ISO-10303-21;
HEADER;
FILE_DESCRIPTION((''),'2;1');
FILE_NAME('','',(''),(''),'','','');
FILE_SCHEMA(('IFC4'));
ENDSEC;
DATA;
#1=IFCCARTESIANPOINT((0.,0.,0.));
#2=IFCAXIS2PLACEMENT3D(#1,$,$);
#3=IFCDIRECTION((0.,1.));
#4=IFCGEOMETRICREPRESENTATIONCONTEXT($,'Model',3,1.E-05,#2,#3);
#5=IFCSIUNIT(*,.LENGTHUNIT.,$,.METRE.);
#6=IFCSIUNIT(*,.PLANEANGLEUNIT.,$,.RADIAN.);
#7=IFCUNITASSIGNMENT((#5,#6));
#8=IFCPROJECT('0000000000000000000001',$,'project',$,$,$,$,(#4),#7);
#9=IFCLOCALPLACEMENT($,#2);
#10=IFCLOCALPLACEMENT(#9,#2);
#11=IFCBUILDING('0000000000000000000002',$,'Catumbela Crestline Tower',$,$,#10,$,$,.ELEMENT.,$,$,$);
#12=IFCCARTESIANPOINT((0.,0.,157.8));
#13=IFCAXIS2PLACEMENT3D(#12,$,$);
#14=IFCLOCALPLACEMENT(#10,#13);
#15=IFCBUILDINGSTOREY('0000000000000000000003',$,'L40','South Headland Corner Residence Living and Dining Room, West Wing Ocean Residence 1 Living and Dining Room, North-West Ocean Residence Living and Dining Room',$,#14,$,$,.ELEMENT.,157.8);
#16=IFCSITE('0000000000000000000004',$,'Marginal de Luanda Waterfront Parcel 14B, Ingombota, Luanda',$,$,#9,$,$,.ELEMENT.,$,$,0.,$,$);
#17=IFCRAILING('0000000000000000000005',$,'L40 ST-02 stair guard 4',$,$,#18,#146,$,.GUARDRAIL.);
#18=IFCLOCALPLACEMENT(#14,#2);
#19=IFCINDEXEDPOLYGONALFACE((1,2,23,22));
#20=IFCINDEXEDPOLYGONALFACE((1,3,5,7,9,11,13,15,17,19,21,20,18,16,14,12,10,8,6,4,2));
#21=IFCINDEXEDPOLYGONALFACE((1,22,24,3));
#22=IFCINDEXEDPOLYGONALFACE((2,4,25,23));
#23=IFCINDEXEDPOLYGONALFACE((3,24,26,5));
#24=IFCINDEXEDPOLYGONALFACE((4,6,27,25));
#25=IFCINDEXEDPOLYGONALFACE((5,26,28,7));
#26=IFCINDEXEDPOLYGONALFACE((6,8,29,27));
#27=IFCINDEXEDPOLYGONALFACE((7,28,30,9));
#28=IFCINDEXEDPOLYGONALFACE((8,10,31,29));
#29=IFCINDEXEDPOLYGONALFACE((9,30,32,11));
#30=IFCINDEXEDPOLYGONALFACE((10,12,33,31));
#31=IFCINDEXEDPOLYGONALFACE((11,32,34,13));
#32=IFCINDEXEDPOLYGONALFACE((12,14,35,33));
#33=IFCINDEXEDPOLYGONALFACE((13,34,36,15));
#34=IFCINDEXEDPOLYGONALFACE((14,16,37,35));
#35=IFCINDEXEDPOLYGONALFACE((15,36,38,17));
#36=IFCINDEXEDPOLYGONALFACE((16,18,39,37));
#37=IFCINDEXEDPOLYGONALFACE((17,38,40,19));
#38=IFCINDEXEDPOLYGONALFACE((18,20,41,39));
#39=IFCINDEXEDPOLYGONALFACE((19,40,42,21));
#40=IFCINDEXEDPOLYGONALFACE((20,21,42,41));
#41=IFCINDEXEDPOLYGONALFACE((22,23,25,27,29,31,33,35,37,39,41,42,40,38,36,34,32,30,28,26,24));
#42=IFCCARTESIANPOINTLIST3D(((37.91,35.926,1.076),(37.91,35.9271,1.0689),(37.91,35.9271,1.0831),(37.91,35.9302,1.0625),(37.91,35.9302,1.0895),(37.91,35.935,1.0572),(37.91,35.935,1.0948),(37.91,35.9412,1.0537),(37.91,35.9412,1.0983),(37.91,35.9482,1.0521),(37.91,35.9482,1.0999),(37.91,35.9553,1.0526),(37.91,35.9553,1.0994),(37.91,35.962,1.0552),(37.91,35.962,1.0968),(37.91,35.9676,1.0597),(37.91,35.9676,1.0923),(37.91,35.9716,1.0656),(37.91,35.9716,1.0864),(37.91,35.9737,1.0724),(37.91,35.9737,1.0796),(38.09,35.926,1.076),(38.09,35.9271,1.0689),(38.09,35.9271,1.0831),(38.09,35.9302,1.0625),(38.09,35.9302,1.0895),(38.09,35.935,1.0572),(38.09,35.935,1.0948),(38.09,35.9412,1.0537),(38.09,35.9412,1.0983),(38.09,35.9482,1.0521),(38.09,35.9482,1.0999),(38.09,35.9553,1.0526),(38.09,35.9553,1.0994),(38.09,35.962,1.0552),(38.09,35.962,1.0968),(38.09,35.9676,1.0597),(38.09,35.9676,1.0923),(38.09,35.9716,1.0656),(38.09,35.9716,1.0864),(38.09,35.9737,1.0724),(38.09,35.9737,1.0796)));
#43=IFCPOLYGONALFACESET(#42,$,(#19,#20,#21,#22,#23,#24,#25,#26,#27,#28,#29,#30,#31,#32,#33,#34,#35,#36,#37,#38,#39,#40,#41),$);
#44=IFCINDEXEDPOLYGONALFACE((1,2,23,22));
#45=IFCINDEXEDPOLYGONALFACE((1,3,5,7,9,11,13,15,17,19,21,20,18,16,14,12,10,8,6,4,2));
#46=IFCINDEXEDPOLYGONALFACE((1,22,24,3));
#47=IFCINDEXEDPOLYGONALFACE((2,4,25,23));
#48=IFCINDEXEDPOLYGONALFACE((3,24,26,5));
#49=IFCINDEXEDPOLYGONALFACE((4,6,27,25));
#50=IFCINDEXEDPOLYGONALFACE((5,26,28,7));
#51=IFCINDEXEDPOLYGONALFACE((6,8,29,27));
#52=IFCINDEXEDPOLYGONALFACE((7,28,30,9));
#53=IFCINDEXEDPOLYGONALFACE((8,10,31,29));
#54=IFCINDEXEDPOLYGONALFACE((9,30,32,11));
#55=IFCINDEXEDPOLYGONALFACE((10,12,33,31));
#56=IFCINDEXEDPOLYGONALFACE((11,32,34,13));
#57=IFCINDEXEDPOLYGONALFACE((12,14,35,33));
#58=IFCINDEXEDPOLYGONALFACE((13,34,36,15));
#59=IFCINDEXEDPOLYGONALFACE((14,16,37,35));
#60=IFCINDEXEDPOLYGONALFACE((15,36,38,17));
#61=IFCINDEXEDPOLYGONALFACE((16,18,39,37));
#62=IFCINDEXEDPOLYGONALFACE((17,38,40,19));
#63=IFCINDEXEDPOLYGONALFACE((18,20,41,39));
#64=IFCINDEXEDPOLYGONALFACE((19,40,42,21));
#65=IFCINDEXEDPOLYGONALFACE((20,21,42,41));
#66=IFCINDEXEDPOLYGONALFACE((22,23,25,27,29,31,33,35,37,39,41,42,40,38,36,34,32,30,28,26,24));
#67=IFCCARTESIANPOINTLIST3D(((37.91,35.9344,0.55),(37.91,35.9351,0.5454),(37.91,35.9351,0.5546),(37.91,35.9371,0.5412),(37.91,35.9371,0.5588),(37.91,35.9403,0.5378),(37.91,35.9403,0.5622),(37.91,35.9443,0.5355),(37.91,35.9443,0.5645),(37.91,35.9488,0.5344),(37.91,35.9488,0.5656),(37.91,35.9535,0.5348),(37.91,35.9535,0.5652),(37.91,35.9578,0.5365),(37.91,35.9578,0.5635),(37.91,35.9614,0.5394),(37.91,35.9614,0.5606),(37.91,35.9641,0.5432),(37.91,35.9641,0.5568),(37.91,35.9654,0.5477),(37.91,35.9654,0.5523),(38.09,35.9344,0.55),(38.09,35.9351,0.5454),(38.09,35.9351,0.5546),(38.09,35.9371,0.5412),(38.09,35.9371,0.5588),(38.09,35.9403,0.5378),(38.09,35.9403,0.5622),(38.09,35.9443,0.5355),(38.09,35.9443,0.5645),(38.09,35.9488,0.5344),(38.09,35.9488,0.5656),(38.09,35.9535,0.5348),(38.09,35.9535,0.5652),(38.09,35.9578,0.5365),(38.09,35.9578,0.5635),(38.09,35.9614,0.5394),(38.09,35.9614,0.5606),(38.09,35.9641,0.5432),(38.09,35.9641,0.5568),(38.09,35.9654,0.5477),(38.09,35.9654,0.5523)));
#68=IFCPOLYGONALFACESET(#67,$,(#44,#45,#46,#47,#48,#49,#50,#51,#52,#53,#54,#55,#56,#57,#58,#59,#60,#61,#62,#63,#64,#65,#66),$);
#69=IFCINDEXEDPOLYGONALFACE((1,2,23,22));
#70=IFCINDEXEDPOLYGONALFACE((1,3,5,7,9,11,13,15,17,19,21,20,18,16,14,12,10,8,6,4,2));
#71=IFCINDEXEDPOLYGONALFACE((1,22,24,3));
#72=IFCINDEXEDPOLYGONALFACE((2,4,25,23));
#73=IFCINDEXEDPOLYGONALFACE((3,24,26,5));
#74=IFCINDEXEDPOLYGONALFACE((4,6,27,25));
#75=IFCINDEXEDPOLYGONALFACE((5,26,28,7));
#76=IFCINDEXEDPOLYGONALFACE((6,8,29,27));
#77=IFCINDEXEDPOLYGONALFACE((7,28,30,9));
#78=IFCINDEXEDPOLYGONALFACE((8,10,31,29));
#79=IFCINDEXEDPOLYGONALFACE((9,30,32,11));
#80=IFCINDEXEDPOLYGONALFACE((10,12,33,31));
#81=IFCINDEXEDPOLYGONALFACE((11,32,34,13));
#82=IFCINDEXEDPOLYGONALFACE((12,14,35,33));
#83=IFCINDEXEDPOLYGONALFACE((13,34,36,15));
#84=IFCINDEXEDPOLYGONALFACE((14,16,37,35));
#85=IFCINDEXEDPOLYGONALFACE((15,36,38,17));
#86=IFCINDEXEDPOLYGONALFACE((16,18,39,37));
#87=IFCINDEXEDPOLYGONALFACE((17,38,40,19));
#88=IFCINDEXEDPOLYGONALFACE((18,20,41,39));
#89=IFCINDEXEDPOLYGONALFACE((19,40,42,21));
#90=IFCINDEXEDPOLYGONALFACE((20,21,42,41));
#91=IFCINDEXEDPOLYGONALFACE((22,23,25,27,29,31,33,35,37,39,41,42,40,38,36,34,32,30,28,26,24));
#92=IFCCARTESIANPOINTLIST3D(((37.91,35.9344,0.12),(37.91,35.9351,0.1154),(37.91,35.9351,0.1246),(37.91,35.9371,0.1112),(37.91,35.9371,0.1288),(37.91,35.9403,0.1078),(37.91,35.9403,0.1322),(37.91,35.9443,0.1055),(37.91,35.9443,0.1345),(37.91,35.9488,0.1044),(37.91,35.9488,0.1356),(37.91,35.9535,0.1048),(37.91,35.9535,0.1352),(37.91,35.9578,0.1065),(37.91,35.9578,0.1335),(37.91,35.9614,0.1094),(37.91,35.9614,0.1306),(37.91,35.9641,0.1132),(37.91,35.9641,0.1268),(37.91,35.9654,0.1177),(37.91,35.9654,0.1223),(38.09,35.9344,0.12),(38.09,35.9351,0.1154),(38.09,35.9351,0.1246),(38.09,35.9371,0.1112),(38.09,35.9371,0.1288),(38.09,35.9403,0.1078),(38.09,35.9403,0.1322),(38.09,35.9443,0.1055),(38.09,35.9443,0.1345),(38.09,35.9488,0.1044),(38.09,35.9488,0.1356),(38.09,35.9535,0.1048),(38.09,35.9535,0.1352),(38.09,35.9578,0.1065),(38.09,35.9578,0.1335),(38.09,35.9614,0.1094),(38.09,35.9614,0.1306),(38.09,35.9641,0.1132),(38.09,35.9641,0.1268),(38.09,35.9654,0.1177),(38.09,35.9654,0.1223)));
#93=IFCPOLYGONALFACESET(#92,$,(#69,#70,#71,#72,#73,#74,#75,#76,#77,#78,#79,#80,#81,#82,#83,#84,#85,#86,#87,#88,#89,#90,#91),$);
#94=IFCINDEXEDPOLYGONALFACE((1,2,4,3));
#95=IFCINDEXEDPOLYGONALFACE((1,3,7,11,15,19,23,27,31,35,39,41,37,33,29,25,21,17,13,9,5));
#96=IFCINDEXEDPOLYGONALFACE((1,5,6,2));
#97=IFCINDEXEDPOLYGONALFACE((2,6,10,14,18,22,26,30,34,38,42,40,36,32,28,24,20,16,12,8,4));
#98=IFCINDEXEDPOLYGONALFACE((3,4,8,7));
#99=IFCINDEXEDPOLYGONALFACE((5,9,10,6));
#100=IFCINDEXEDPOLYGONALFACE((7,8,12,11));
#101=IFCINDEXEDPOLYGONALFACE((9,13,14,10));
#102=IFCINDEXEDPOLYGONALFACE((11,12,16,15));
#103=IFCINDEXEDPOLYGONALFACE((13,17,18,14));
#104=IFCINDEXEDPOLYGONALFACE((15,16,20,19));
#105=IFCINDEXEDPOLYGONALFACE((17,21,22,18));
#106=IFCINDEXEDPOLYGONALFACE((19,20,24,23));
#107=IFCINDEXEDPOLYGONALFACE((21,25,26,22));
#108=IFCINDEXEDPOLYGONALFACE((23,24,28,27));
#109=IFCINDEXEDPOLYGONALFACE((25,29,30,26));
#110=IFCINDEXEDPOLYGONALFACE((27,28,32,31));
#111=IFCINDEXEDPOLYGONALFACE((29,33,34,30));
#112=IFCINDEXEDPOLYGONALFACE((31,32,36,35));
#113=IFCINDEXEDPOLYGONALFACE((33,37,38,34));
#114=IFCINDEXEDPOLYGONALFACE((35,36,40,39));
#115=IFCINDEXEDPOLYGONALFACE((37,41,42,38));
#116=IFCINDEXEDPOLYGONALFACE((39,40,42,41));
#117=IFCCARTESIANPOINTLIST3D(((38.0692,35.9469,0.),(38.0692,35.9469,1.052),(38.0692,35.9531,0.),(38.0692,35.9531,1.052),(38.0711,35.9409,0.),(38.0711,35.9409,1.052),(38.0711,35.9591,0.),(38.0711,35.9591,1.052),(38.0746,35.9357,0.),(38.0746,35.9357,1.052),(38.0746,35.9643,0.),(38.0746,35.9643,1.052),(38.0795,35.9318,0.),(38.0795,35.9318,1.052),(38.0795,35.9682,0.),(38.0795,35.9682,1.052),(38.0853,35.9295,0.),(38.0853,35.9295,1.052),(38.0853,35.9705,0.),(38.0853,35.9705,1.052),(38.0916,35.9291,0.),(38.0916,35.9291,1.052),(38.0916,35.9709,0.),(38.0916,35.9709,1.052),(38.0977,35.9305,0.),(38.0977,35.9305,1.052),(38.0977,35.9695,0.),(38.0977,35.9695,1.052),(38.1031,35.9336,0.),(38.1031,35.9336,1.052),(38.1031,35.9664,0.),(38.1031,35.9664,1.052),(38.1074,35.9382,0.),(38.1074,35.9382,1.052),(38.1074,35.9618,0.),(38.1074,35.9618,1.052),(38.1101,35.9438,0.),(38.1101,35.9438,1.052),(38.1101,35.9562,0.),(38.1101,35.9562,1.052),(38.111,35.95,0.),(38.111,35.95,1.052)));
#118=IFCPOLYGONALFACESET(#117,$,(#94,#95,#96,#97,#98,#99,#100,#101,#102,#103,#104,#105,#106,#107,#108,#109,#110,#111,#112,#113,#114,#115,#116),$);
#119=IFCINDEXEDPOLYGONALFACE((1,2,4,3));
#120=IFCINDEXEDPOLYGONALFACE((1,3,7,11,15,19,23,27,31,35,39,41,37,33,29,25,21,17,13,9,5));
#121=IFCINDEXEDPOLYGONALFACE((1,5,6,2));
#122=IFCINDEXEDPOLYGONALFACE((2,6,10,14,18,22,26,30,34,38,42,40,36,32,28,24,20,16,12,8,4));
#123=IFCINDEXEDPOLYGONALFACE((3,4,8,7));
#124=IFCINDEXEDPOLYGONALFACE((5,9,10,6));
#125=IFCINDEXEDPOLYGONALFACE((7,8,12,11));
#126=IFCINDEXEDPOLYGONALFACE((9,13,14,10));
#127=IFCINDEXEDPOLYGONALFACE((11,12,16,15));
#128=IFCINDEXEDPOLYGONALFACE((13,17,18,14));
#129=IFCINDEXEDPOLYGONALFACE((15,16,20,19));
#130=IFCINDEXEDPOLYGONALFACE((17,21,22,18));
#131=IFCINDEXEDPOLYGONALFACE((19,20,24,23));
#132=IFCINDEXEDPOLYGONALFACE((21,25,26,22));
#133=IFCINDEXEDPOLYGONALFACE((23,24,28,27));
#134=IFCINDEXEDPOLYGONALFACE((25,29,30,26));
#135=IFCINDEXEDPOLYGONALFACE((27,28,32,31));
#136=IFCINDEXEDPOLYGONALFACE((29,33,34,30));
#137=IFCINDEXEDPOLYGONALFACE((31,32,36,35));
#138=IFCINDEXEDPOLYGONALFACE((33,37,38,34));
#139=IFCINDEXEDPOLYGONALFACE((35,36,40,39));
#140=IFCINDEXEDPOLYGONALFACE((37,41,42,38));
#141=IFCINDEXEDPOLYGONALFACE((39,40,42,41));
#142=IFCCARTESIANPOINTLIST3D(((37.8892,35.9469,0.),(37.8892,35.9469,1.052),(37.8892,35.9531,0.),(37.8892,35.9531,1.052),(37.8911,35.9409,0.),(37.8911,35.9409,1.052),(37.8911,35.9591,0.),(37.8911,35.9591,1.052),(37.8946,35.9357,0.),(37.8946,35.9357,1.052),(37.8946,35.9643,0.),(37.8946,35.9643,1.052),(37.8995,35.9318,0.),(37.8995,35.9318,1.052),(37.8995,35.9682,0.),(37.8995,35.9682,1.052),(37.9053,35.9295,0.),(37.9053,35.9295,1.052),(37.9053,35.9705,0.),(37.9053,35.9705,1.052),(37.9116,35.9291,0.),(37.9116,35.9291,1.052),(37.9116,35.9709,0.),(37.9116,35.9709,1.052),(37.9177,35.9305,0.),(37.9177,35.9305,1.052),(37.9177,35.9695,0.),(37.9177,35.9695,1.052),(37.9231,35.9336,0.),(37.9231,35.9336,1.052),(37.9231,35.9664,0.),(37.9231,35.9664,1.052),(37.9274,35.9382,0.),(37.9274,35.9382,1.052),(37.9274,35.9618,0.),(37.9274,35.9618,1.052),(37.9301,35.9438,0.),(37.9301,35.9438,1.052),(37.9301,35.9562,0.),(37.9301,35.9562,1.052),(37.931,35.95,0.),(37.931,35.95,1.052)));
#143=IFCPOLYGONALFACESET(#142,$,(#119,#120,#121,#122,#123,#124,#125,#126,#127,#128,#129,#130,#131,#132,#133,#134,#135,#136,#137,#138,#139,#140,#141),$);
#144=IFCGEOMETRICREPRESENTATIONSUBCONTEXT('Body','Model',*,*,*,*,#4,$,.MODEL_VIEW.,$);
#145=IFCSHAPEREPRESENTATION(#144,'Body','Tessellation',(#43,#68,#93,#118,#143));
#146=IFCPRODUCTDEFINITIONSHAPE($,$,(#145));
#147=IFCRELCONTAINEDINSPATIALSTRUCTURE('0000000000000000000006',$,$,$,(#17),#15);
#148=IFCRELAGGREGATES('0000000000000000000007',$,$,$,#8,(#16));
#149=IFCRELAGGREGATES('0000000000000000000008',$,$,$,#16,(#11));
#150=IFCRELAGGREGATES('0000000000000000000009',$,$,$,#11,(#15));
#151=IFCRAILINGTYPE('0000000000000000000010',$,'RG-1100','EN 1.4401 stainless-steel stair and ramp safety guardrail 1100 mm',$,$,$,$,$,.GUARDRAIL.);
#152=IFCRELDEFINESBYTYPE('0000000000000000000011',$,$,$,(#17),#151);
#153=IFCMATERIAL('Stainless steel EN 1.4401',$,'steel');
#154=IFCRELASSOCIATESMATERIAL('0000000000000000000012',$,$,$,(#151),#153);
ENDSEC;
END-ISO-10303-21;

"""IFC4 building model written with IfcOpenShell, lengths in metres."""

from ifc_helpers import new_model, si_unit, direction, frame, origin, origin_2d, place, context, subcontext, project, spatial, circle, extrude, material, type_object, element, save


model = new_model("IFC4")

# Units and contexts
model_context = context("Model", 3, precision=1e-05, world=origin(), true_north=direction((0.0, 1.0)))
body_context = subcontext(model_context, "Body", "Model", "MODEL_VIEW")
ifc_project = project(units=[si_unit("LENGTHUNIT", "METRE"), si_unit("PLANEANGLEUNIT", "RADIAN")], contexts=[model_context])

# Site, building, storey
site_placement = place(None, origin())
site = spatial("IfcSite", under=ifc_project, at=site_placement, Name="Marginal de Luanda Waterfront Parcel 14B, Ingombota, Luanda", CompositionType="ELEMENT", RefElevation=0.0)
building_placement = place(site_placement, origin())
building = spatial("IfcBuilding", under=site, at=building_placement, Name="Catumbela Crestline Tower", CompositionType="ELEMENT")
storey_placement = place(building_placement, frame((0.0, 0.0, 157.8)))
storey = spatial("IfcBuildingStorey", under=building, at=storey_placement, Name="L40", Description="South Headland Corner Residence Living and Dining Room, West Wing Ocean Residence 1 Living and Dining Room, North-West Ocean Residence Living and Dining Room", CompositionType="ELEMENT", Elevation=157.8)

# Shared definitions
ifc_material_1 = material(Name="Stainless steel EN 1.4401", Category="steel")

# Railing
railing_type_1 = type_object("IfcRailingType", Name="RG-1100", Description="EN 1.4401 stainless-steel stair and ramp safety guardrail 1100 mm", PredefinedType="GUARDRAIL", material=ifc_material_1)
railing_1_placement = place(storey_placement, frame((38.09, 35.95, 0.0)))
element("IfcRailing", 1, at=railing_1_placement, inside=storey, type_object=railing_type_1, Name="L40 ST-02 stair guard 4", PredefinedType="GUARDRAIL", context=body_context, shape_type="SweptSolid", body=[
    extrude(circle(Radius=0.024, at=origin_2d()), frame((0.0, 0.0, 1.076), z_axis=(-1.0, 0.0, 0.0), x_axis=(0.0, -1.0, 0.0)), (0.0, 0.0, 1.0), 0.18),
    extrude(circle(Radius=0.0156, at=origin_2d()), frame((0.0, 0.0, 0.55), z_axis=(-1.0, 0.0, 0.0), x_axis=(0.0, -1.0, 0.0)), (0.0, 0.0, 1.0), 0.18),
    extrude(circle(Radius=0.0156, at=origin_2d()), frame((0.0, 0.0, 0.12), z_axis=(-1.0, 0.0, 0.0), x_axis=(0.0, -1.0, 0.0)), (0.0, 0.0, 1.0), 0.18),
    extrude(circle(Radius=0.021, at=origin_2d()), origin(), (0.0, 0.0, 1.0), 1.052),
    extrude(circle(Radius=0.021, at=origin_2d()), frame((-0.18, 0.0, 0.0)), (0.0, 0.0, 1.0), 1.052),
])

save(model, "model.ifc")
